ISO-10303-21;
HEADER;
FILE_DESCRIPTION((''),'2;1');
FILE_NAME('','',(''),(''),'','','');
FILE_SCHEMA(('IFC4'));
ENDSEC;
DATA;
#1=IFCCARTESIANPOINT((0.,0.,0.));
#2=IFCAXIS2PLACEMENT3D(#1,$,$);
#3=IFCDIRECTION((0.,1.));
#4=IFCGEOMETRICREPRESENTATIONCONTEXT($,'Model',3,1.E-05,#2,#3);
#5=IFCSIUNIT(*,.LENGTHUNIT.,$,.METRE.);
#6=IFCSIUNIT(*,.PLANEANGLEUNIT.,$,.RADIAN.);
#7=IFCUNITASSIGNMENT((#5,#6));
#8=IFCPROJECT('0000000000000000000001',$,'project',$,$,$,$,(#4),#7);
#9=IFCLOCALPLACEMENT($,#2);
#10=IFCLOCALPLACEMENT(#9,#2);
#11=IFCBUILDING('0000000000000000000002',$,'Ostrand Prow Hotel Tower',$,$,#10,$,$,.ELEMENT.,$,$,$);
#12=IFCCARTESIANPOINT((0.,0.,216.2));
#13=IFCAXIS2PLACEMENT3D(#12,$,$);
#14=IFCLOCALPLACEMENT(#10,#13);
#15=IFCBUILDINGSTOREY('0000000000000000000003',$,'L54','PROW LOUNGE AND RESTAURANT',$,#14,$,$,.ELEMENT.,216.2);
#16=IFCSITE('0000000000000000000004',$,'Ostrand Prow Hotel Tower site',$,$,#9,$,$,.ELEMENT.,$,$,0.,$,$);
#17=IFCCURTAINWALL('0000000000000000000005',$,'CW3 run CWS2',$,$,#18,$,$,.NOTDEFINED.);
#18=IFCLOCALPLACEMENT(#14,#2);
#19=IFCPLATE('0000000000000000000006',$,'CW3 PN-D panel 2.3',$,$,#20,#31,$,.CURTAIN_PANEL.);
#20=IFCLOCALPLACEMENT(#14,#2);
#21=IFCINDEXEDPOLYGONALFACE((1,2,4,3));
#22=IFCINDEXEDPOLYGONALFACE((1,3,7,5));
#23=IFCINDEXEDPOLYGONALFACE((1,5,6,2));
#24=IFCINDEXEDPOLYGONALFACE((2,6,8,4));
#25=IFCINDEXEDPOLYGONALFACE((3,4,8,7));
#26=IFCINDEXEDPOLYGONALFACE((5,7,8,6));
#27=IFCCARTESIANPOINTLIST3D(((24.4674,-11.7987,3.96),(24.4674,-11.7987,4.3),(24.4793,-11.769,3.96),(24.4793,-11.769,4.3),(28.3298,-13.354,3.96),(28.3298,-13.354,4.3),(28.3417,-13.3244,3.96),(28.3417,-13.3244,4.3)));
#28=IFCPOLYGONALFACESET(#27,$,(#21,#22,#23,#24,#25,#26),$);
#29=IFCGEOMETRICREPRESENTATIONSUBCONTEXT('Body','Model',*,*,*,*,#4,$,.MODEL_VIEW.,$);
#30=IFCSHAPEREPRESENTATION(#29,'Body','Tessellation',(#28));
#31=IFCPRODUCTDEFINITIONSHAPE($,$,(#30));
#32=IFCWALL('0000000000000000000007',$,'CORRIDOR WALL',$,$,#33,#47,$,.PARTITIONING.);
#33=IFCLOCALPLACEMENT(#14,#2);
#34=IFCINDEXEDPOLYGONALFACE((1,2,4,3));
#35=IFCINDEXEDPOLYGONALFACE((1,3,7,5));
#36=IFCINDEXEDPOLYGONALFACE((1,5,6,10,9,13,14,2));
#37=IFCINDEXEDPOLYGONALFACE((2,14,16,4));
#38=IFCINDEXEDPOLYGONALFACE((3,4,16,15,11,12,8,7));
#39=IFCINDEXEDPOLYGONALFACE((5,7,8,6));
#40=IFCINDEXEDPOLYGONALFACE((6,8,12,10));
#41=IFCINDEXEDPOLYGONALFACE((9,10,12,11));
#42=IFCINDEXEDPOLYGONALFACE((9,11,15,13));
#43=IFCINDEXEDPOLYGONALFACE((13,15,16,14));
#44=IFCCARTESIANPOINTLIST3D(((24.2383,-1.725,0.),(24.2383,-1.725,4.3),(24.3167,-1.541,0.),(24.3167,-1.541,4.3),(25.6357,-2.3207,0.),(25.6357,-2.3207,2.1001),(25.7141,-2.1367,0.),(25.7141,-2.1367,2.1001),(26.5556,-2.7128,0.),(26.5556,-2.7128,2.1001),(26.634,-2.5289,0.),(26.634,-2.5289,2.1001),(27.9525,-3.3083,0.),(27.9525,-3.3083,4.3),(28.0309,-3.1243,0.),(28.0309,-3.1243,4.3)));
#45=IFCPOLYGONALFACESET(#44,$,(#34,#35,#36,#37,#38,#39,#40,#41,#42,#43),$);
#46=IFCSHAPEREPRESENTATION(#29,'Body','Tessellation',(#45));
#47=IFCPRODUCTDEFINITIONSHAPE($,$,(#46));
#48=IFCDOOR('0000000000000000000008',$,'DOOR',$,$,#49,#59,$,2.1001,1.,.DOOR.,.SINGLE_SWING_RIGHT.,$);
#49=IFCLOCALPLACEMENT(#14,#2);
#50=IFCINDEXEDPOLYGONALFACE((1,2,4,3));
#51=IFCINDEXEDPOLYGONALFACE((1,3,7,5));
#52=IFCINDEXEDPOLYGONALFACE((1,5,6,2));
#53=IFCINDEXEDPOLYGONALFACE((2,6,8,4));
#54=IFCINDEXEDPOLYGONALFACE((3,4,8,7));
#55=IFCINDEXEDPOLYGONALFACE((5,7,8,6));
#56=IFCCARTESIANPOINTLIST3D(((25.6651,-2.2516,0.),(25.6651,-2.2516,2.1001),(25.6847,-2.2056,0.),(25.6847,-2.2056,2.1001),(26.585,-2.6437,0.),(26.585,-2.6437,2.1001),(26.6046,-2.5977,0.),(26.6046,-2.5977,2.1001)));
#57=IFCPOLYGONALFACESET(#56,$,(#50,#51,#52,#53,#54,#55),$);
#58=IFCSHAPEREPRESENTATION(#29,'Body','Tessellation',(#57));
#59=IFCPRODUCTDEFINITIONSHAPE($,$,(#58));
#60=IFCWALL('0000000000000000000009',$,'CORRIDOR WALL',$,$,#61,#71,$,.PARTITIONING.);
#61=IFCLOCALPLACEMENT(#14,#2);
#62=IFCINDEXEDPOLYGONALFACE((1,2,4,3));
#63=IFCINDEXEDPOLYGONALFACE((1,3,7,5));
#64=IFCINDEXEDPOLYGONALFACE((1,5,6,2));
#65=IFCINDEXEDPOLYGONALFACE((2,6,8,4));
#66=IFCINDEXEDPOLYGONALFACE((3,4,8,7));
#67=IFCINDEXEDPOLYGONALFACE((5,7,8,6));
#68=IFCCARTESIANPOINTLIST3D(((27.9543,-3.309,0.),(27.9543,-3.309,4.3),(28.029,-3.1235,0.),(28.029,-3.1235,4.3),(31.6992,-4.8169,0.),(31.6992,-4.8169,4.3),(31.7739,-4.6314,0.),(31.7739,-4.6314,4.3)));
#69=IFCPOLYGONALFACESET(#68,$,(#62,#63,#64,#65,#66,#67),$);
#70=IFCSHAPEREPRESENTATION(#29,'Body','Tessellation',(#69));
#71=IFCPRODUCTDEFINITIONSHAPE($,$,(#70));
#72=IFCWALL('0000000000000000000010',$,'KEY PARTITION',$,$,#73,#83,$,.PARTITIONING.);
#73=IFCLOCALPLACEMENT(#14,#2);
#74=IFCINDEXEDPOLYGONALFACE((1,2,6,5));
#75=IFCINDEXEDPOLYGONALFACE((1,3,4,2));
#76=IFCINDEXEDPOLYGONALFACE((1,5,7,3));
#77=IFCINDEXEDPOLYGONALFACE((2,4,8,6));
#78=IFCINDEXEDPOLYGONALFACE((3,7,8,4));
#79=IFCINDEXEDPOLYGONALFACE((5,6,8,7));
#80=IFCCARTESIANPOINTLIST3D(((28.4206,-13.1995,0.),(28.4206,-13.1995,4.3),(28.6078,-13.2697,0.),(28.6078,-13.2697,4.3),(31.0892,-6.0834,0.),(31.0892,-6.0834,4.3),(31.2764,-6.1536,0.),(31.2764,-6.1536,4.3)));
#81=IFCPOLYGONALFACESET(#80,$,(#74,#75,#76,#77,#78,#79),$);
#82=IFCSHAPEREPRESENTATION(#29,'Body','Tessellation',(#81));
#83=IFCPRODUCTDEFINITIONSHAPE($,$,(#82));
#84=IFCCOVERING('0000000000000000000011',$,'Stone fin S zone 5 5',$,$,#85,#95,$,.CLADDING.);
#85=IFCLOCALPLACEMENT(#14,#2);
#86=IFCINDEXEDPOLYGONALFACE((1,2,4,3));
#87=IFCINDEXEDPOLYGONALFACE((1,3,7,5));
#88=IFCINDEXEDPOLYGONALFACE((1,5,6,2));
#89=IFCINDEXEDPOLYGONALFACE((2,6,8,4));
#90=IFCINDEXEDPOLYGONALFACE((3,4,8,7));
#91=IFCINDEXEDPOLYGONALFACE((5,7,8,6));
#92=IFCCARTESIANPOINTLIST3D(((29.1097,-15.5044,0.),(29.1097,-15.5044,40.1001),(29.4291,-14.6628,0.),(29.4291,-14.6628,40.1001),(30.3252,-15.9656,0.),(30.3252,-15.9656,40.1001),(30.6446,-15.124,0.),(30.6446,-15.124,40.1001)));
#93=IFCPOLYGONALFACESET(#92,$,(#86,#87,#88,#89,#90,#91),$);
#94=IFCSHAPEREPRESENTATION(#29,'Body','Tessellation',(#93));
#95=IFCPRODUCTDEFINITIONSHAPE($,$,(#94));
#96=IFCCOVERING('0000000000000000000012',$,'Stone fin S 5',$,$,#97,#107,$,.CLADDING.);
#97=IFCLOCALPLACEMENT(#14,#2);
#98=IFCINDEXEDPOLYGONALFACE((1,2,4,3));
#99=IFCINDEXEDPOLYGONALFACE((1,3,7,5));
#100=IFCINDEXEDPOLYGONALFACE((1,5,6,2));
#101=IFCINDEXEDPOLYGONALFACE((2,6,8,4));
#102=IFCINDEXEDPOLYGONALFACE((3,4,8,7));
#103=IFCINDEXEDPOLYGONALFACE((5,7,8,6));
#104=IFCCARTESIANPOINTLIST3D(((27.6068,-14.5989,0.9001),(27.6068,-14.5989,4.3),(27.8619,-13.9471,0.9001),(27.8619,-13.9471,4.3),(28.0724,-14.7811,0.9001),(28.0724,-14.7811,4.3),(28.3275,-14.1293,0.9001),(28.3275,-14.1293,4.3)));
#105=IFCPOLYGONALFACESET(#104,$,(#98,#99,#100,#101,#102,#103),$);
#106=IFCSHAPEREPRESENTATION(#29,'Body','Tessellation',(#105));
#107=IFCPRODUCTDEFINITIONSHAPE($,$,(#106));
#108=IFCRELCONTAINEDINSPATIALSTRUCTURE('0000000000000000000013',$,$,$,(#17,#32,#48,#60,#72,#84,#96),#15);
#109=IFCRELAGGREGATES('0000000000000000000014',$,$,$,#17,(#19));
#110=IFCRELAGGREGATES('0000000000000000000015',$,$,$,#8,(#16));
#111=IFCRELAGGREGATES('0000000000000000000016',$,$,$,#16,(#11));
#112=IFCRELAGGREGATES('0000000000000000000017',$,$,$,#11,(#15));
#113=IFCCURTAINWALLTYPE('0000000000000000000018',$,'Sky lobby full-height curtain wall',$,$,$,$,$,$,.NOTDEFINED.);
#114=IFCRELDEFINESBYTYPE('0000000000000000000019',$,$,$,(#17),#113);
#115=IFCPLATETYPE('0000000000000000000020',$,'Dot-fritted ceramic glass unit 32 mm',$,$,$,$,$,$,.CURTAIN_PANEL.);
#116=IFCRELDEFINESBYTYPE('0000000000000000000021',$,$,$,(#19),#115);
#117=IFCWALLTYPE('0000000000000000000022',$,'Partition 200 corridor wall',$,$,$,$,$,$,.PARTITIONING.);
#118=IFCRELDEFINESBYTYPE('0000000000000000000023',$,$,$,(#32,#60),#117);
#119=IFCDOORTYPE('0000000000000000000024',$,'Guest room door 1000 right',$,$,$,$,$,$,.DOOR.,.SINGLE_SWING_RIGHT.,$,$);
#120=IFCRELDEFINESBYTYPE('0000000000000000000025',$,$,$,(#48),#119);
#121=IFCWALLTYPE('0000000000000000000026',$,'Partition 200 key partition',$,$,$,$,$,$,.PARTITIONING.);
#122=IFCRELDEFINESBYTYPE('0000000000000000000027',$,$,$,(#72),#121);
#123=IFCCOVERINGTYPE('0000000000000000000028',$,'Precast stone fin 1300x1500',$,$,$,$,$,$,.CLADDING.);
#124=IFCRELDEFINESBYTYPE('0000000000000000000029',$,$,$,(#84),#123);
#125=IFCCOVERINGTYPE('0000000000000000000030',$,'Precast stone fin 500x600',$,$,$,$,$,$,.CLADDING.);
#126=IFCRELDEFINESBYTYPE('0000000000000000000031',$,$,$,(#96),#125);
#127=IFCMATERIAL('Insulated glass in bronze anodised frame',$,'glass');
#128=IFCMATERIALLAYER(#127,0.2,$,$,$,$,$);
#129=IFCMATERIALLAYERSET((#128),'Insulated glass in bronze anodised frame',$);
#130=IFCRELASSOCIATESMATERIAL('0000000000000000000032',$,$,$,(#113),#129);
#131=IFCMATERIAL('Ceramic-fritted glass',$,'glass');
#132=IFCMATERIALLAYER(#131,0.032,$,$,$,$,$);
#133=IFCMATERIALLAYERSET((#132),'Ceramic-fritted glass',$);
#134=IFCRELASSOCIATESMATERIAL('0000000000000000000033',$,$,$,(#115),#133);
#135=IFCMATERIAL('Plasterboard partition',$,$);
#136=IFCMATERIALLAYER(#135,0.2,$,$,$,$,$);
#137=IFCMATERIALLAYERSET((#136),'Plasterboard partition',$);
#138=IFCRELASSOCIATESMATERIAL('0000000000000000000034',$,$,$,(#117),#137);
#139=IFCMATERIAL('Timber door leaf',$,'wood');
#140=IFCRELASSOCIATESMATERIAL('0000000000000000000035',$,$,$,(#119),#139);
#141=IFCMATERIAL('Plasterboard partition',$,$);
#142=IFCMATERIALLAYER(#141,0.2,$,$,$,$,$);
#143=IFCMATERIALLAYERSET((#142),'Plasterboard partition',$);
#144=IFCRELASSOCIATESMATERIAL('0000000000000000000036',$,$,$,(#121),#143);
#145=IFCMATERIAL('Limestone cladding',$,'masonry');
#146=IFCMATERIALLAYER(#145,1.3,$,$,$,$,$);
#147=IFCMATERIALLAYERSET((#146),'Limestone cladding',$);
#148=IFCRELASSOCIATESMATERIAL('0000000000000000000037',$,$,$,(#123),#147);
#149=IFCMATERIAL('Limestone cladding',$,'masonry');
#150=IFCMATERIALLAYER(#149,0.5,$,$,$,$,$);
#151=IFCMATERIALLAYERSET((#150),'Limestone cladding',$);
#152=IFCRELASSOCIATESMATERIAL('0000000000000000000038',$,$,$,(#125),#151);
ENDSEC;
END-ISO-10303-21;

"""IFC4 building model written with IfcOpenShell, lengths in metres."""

from ifc_helpers import new_model, si_unit, direction, frame, frame_2d, origin, origin_2d, place, context, subcontext, project, spatial, rectangle, extrude, material, layer, layer_set, type_object, element, fill, aggregate, save


model = new_model("IFC4")

# Units and contexts
model_context = context("Model", 3, precision=1e-05, world=origin(), true_north=direction((0.0, 1.0)))
body_context = subcontext(model_context, "Body", "Model", "MODEL_VIEW")
ifc_project = project(units=[si_unit("LENGTHUNIT", "METRE"), si_unit("PLANEANGLEUNIT", "RADIAN")], contexts=[model_context])

# Site, building, storey
site_placement = place(None, origin())
site = spatial("IfcSite", under=ifc_project, at=site_placement, Name="Ostrand Prow Hotel Tower site", CompositionType="ELEMENT", RefElevation=0.0)
building_placement = place(site_placement, origin())
building = spatial("IfcBuilding", under=site, at=building_placement, Name="Ostrand Prow Hotel Tower", CompositionType="ELEMENT")
storey_placement = place(building_placement, frame((0.0, 0.0, 216.2)))
storey = spatial("IfcBuildingStorey", under=building, at=storey_placement, Name="L54", Description="PROW LOUNGE AND RESTAURANT", CompositionType="ELEMENT", Elevation=216.2)

# Curtain wall
ifc_material_1 = material(Name="Insulated glass in bronze anodised frame", Category="glass")
ifc_layer_1 = layer(ifc_material_1, 0.2)
ifc_layer_set_1 = layer_set([ifc_layer_1], Name="Insulated glass in bronze anodised frame")
curtain_wall_type = type_object("IfcCurtainWallType", Name="Sky lobby full-height curtain wall", PredefinedType="NOTDEFINED", material=ifc_layer_set_1)
curtain_wall_1_placement = place(storey_placement, origin())
curtain_wall_1 = element("IfcCurtainWall", 1, at=curtain_wall_1_placement, inside=storey, type_object=curtain_wall_type, Name="CW3 run CWS2", PredefinedType="NOTDEFINED")

# Plate
ifc_material_2 = material(Name="Ceramic-fritted glass", Category="glass")
ifc_layer_2 = layer(ifc_material_2, 0.032)
ifc_layer_set_2 = layer_set([ifc_layer_2], Name="Ceramic-fritted glass")
plate_type_1 = type_object("IfcPlateType", Name="Dot-fritted ceramic glass unit 32 mm", PredefinedType="CURTAIN_PANEL", material=ifc_layer_set_2)
plate_1_placement = place(storey_placement, frame((26.4045, -12.5615, 3.96), z_axis=(0.0, 0.0, 1.0), x_axis=(0.927617, -0.373533, 0.0)))
plate_1 = element("IfcPlate", 2, at=plate_1_placement, type_object=plate_type_1, Name="CW3 PN-D panel 2.3", PredefinedType="CURTAIN_PANEL", context=body_context, shape_type="SweptSolid", body=[
    extrude(rectangle(XDim=4.1638, YDim=0.032, at=origin_2d()), origin(), (0.0, 0.0, 1.0), 0.3401),
])
aggregate(curtain_wall_1, [plate_1])

# Wall, opening, door
ifc_material_3 = material(Name="Plasterboard partition")
ifc_layer_3 = layer(ifc_material_3, 0.2)
ifc_layer_set_3 = layer_set([ifc_layer_3], Name="Plasterboard partition")
wall_type_1 = type_object("IfcWallType", Name="Partition 200 corridor wall", PredefinedType="PARTITIONING", material=ifc_layer_set_3)
wall_1_placement = place(storey_placement, frame((27.9917, -3.2163, 0.0), z_axis=(0.0, 0.0, 1.0), x_axis=(-0.919906, 0.392138, 0.0)))
wall_1 = element("IfcWall", 3, at=wall_1_placement, inside=storey, type_object=wall_type_1, Name="CORRIDOR WALL", PredefinedType="PARTITIONING", context=body_context, shape_type="SweptSolid", body=[
    extrude(rectangle(XDim=4.0376, YDim=0.2, at=frame_2d((2.0188, 0.0))), origin(), (0.0, 0.0, 1.0), 4.3),
])
opening_1_placement = place(wall_1_placement, frame((1.5186, 0.0, 0.0)))
opening_1 = element("IfcOpeningElement", 4, at=opening_1_placement, cuts=wall_1, PredefinedType="OPENING", context=body_context, shape_type="SweptSolid", body=[
    extrude(rectangle(XDim=1.0, YDim=2.1001, at=frame_2d((0.5, 1.05))), frame((0.0, 0.1099, 0.0), z_axis=(0.0, -1.0, 0.0), x_axis=(1.0, 0.0, 0.0)), (0.0, 0.0, 1.0), 0.22),
])
ifc_material_4 = material(Name="Timber door leaf", Category="wood")
door_type_1 = type_object("IfcDoorType", Name="Guest room door 1000 right", OperationType="SINGLE_SWING_RIGHT", PredefinedType="DOOR", material=ifc_material_4)
door_1_placement = place(opening_1_placement, origin())
door_1 = element("IfcDoor", 5, at=door_1_placement, inside=storey, type_object=door_type_1, Name="DOOR", OperationType="SINGLE_SWING_RIGHT", OverallHeight=2.1001, OverallWidth=1.0, PredefinedType="DOOR", context=body_context, shape_type="SweptSolid", body=[
    extrude(rectangle(XDim=1.0, YDim=2.1001, at=frame_2d((0.5, 1.05))), frame((0.0, 0.0249, 0.0), z_axis=(0.0, -1.0, 0.0), x_axis=(1.0, 0.0, 0.0)), (0.0, 0.0, 1.0), 0.05),
])
fill(opening_1, door_1)

# Walls
wall_2_placement = place(storey_placement, frame((31.7366, -4.7241, 0.0), z_axis=(0.0, 0.0, 1.0), x_axis=(-0.927632, 0.373496, 0.0)))
element("IfcWall", 6, at=wall_2_placement, inside=storey, type_object=wall_type_1, Name="CORRIDOR WALL", PredefinedType="PARTITIONING", context=body_context, shape_type="SweptSolid", body=[
    extrude(rectangle(XDim=4.0371, YDim=0.2, at=frame_2d((2.0186, 0.0))), origin(), (0.0, 0.0, 1.0), 4.3),
])
ifc_material_5 = material(Name="Plasterboard partition")
ifc_layer_4 = layer(ifc_material_5, 0.2)
ifc_layer_set_4 = layer_set([ifc_layer_4], Name="Plasterboard partition")
wall_type_2 = type_object("IfcWallType", Name="Partition 200 key partition", PredefinedType="PARTITIONING", material=ifc_layer_set_4)
wall_3_placement = place(storey_placement, frame((28.5142, -13.2346, 0.0), z_axis=(0.0, 0.0, 1.0), x_axis=(0.351138, 0.936324, 0.0)))
element("IfcWall", 7, at=wall_3_placement, inside=storey, type_object=wall_type_2, Name="KEY PARTITION", PredefinedType="PARTITIONING", context=body_context, shape_type="SweptSolid", body=[
    extrude(rectangle(XDim=7.6001, YDim=0.2, at=frame_2d((3.8, 0.0))), origin(), (0.0, 0.0, 1.0), 4.3),
])

# Coverings
ifc_material_6 = material(Name="Limestone cladding", Category="masonry")
ifc_layer_5 = layer(ifc_material_6, 1.3)
ifc_layer_set_5 = layer_set([ifc_layer_5], Name="Limestone cladding")
covering_type_1 = type_object("IfcCoveringType", Name="Precast stone fin 1300x1500", PredefinedType="CLADDING", material=ifc_layer_set_5)
covering_1_placement = place(storey_placement, frame((30.0369, -14.8933, 0.0), z_axis=(0.0, 0.0, 1.0), x_axis=(-0.354777, -0.934951, 0.0)))
element("IfcCovering", 8, at=covering_1_placement, inside=storey, type_object=covering_type_1, Name="Stone fin S zone 5 5", PredefinedType="CLADDING", context=body_context, shape_type="SweptSolid", body=[
    extrude(rectangle(XDim=0.9001, YDim=1.3, at=frame_2d((0.4502, 0.0))), origin(), (0.0, 0.0, 1.0), 40.1001),
])
ifc_material_7 = material(Name="Limestone cladding", Category="masonry")
ifc_layer_6 = layer(ifc_material_7, 0.5)
ifc_layer_set_6 = layer_set([ifc_layer_6], Name="Limestone cladding")
covering_type_2 = type_object("IfcCoveringType", Name="Precast stone fin 500x600", PredefinedType="CLADDING", material=ifc_layer_set_6)
covering_2_placement = place(storey_placement, frame((28.0947, -14.0381, 0.9001), z_axis=(0.0, 0.0, 1.0), x_axis=(-0.364465, -0.931217, 0.0)))
element("IfcCovering", 9, at=covering_2_placement, inside=storey, type_object=covering_type_2, Name="Stone fin S 5", PredefinedType="CLADDING", context=body_context, shape_type="SweptSolid", body=[
    extrude(rectangle(XDim=0.7, YDim=0.5, at=frame_2d((0.3501, 0.0))), origin(), (0.0, 0.0, 1.0), 3.3999),
])

save(model, "model.ifc")
